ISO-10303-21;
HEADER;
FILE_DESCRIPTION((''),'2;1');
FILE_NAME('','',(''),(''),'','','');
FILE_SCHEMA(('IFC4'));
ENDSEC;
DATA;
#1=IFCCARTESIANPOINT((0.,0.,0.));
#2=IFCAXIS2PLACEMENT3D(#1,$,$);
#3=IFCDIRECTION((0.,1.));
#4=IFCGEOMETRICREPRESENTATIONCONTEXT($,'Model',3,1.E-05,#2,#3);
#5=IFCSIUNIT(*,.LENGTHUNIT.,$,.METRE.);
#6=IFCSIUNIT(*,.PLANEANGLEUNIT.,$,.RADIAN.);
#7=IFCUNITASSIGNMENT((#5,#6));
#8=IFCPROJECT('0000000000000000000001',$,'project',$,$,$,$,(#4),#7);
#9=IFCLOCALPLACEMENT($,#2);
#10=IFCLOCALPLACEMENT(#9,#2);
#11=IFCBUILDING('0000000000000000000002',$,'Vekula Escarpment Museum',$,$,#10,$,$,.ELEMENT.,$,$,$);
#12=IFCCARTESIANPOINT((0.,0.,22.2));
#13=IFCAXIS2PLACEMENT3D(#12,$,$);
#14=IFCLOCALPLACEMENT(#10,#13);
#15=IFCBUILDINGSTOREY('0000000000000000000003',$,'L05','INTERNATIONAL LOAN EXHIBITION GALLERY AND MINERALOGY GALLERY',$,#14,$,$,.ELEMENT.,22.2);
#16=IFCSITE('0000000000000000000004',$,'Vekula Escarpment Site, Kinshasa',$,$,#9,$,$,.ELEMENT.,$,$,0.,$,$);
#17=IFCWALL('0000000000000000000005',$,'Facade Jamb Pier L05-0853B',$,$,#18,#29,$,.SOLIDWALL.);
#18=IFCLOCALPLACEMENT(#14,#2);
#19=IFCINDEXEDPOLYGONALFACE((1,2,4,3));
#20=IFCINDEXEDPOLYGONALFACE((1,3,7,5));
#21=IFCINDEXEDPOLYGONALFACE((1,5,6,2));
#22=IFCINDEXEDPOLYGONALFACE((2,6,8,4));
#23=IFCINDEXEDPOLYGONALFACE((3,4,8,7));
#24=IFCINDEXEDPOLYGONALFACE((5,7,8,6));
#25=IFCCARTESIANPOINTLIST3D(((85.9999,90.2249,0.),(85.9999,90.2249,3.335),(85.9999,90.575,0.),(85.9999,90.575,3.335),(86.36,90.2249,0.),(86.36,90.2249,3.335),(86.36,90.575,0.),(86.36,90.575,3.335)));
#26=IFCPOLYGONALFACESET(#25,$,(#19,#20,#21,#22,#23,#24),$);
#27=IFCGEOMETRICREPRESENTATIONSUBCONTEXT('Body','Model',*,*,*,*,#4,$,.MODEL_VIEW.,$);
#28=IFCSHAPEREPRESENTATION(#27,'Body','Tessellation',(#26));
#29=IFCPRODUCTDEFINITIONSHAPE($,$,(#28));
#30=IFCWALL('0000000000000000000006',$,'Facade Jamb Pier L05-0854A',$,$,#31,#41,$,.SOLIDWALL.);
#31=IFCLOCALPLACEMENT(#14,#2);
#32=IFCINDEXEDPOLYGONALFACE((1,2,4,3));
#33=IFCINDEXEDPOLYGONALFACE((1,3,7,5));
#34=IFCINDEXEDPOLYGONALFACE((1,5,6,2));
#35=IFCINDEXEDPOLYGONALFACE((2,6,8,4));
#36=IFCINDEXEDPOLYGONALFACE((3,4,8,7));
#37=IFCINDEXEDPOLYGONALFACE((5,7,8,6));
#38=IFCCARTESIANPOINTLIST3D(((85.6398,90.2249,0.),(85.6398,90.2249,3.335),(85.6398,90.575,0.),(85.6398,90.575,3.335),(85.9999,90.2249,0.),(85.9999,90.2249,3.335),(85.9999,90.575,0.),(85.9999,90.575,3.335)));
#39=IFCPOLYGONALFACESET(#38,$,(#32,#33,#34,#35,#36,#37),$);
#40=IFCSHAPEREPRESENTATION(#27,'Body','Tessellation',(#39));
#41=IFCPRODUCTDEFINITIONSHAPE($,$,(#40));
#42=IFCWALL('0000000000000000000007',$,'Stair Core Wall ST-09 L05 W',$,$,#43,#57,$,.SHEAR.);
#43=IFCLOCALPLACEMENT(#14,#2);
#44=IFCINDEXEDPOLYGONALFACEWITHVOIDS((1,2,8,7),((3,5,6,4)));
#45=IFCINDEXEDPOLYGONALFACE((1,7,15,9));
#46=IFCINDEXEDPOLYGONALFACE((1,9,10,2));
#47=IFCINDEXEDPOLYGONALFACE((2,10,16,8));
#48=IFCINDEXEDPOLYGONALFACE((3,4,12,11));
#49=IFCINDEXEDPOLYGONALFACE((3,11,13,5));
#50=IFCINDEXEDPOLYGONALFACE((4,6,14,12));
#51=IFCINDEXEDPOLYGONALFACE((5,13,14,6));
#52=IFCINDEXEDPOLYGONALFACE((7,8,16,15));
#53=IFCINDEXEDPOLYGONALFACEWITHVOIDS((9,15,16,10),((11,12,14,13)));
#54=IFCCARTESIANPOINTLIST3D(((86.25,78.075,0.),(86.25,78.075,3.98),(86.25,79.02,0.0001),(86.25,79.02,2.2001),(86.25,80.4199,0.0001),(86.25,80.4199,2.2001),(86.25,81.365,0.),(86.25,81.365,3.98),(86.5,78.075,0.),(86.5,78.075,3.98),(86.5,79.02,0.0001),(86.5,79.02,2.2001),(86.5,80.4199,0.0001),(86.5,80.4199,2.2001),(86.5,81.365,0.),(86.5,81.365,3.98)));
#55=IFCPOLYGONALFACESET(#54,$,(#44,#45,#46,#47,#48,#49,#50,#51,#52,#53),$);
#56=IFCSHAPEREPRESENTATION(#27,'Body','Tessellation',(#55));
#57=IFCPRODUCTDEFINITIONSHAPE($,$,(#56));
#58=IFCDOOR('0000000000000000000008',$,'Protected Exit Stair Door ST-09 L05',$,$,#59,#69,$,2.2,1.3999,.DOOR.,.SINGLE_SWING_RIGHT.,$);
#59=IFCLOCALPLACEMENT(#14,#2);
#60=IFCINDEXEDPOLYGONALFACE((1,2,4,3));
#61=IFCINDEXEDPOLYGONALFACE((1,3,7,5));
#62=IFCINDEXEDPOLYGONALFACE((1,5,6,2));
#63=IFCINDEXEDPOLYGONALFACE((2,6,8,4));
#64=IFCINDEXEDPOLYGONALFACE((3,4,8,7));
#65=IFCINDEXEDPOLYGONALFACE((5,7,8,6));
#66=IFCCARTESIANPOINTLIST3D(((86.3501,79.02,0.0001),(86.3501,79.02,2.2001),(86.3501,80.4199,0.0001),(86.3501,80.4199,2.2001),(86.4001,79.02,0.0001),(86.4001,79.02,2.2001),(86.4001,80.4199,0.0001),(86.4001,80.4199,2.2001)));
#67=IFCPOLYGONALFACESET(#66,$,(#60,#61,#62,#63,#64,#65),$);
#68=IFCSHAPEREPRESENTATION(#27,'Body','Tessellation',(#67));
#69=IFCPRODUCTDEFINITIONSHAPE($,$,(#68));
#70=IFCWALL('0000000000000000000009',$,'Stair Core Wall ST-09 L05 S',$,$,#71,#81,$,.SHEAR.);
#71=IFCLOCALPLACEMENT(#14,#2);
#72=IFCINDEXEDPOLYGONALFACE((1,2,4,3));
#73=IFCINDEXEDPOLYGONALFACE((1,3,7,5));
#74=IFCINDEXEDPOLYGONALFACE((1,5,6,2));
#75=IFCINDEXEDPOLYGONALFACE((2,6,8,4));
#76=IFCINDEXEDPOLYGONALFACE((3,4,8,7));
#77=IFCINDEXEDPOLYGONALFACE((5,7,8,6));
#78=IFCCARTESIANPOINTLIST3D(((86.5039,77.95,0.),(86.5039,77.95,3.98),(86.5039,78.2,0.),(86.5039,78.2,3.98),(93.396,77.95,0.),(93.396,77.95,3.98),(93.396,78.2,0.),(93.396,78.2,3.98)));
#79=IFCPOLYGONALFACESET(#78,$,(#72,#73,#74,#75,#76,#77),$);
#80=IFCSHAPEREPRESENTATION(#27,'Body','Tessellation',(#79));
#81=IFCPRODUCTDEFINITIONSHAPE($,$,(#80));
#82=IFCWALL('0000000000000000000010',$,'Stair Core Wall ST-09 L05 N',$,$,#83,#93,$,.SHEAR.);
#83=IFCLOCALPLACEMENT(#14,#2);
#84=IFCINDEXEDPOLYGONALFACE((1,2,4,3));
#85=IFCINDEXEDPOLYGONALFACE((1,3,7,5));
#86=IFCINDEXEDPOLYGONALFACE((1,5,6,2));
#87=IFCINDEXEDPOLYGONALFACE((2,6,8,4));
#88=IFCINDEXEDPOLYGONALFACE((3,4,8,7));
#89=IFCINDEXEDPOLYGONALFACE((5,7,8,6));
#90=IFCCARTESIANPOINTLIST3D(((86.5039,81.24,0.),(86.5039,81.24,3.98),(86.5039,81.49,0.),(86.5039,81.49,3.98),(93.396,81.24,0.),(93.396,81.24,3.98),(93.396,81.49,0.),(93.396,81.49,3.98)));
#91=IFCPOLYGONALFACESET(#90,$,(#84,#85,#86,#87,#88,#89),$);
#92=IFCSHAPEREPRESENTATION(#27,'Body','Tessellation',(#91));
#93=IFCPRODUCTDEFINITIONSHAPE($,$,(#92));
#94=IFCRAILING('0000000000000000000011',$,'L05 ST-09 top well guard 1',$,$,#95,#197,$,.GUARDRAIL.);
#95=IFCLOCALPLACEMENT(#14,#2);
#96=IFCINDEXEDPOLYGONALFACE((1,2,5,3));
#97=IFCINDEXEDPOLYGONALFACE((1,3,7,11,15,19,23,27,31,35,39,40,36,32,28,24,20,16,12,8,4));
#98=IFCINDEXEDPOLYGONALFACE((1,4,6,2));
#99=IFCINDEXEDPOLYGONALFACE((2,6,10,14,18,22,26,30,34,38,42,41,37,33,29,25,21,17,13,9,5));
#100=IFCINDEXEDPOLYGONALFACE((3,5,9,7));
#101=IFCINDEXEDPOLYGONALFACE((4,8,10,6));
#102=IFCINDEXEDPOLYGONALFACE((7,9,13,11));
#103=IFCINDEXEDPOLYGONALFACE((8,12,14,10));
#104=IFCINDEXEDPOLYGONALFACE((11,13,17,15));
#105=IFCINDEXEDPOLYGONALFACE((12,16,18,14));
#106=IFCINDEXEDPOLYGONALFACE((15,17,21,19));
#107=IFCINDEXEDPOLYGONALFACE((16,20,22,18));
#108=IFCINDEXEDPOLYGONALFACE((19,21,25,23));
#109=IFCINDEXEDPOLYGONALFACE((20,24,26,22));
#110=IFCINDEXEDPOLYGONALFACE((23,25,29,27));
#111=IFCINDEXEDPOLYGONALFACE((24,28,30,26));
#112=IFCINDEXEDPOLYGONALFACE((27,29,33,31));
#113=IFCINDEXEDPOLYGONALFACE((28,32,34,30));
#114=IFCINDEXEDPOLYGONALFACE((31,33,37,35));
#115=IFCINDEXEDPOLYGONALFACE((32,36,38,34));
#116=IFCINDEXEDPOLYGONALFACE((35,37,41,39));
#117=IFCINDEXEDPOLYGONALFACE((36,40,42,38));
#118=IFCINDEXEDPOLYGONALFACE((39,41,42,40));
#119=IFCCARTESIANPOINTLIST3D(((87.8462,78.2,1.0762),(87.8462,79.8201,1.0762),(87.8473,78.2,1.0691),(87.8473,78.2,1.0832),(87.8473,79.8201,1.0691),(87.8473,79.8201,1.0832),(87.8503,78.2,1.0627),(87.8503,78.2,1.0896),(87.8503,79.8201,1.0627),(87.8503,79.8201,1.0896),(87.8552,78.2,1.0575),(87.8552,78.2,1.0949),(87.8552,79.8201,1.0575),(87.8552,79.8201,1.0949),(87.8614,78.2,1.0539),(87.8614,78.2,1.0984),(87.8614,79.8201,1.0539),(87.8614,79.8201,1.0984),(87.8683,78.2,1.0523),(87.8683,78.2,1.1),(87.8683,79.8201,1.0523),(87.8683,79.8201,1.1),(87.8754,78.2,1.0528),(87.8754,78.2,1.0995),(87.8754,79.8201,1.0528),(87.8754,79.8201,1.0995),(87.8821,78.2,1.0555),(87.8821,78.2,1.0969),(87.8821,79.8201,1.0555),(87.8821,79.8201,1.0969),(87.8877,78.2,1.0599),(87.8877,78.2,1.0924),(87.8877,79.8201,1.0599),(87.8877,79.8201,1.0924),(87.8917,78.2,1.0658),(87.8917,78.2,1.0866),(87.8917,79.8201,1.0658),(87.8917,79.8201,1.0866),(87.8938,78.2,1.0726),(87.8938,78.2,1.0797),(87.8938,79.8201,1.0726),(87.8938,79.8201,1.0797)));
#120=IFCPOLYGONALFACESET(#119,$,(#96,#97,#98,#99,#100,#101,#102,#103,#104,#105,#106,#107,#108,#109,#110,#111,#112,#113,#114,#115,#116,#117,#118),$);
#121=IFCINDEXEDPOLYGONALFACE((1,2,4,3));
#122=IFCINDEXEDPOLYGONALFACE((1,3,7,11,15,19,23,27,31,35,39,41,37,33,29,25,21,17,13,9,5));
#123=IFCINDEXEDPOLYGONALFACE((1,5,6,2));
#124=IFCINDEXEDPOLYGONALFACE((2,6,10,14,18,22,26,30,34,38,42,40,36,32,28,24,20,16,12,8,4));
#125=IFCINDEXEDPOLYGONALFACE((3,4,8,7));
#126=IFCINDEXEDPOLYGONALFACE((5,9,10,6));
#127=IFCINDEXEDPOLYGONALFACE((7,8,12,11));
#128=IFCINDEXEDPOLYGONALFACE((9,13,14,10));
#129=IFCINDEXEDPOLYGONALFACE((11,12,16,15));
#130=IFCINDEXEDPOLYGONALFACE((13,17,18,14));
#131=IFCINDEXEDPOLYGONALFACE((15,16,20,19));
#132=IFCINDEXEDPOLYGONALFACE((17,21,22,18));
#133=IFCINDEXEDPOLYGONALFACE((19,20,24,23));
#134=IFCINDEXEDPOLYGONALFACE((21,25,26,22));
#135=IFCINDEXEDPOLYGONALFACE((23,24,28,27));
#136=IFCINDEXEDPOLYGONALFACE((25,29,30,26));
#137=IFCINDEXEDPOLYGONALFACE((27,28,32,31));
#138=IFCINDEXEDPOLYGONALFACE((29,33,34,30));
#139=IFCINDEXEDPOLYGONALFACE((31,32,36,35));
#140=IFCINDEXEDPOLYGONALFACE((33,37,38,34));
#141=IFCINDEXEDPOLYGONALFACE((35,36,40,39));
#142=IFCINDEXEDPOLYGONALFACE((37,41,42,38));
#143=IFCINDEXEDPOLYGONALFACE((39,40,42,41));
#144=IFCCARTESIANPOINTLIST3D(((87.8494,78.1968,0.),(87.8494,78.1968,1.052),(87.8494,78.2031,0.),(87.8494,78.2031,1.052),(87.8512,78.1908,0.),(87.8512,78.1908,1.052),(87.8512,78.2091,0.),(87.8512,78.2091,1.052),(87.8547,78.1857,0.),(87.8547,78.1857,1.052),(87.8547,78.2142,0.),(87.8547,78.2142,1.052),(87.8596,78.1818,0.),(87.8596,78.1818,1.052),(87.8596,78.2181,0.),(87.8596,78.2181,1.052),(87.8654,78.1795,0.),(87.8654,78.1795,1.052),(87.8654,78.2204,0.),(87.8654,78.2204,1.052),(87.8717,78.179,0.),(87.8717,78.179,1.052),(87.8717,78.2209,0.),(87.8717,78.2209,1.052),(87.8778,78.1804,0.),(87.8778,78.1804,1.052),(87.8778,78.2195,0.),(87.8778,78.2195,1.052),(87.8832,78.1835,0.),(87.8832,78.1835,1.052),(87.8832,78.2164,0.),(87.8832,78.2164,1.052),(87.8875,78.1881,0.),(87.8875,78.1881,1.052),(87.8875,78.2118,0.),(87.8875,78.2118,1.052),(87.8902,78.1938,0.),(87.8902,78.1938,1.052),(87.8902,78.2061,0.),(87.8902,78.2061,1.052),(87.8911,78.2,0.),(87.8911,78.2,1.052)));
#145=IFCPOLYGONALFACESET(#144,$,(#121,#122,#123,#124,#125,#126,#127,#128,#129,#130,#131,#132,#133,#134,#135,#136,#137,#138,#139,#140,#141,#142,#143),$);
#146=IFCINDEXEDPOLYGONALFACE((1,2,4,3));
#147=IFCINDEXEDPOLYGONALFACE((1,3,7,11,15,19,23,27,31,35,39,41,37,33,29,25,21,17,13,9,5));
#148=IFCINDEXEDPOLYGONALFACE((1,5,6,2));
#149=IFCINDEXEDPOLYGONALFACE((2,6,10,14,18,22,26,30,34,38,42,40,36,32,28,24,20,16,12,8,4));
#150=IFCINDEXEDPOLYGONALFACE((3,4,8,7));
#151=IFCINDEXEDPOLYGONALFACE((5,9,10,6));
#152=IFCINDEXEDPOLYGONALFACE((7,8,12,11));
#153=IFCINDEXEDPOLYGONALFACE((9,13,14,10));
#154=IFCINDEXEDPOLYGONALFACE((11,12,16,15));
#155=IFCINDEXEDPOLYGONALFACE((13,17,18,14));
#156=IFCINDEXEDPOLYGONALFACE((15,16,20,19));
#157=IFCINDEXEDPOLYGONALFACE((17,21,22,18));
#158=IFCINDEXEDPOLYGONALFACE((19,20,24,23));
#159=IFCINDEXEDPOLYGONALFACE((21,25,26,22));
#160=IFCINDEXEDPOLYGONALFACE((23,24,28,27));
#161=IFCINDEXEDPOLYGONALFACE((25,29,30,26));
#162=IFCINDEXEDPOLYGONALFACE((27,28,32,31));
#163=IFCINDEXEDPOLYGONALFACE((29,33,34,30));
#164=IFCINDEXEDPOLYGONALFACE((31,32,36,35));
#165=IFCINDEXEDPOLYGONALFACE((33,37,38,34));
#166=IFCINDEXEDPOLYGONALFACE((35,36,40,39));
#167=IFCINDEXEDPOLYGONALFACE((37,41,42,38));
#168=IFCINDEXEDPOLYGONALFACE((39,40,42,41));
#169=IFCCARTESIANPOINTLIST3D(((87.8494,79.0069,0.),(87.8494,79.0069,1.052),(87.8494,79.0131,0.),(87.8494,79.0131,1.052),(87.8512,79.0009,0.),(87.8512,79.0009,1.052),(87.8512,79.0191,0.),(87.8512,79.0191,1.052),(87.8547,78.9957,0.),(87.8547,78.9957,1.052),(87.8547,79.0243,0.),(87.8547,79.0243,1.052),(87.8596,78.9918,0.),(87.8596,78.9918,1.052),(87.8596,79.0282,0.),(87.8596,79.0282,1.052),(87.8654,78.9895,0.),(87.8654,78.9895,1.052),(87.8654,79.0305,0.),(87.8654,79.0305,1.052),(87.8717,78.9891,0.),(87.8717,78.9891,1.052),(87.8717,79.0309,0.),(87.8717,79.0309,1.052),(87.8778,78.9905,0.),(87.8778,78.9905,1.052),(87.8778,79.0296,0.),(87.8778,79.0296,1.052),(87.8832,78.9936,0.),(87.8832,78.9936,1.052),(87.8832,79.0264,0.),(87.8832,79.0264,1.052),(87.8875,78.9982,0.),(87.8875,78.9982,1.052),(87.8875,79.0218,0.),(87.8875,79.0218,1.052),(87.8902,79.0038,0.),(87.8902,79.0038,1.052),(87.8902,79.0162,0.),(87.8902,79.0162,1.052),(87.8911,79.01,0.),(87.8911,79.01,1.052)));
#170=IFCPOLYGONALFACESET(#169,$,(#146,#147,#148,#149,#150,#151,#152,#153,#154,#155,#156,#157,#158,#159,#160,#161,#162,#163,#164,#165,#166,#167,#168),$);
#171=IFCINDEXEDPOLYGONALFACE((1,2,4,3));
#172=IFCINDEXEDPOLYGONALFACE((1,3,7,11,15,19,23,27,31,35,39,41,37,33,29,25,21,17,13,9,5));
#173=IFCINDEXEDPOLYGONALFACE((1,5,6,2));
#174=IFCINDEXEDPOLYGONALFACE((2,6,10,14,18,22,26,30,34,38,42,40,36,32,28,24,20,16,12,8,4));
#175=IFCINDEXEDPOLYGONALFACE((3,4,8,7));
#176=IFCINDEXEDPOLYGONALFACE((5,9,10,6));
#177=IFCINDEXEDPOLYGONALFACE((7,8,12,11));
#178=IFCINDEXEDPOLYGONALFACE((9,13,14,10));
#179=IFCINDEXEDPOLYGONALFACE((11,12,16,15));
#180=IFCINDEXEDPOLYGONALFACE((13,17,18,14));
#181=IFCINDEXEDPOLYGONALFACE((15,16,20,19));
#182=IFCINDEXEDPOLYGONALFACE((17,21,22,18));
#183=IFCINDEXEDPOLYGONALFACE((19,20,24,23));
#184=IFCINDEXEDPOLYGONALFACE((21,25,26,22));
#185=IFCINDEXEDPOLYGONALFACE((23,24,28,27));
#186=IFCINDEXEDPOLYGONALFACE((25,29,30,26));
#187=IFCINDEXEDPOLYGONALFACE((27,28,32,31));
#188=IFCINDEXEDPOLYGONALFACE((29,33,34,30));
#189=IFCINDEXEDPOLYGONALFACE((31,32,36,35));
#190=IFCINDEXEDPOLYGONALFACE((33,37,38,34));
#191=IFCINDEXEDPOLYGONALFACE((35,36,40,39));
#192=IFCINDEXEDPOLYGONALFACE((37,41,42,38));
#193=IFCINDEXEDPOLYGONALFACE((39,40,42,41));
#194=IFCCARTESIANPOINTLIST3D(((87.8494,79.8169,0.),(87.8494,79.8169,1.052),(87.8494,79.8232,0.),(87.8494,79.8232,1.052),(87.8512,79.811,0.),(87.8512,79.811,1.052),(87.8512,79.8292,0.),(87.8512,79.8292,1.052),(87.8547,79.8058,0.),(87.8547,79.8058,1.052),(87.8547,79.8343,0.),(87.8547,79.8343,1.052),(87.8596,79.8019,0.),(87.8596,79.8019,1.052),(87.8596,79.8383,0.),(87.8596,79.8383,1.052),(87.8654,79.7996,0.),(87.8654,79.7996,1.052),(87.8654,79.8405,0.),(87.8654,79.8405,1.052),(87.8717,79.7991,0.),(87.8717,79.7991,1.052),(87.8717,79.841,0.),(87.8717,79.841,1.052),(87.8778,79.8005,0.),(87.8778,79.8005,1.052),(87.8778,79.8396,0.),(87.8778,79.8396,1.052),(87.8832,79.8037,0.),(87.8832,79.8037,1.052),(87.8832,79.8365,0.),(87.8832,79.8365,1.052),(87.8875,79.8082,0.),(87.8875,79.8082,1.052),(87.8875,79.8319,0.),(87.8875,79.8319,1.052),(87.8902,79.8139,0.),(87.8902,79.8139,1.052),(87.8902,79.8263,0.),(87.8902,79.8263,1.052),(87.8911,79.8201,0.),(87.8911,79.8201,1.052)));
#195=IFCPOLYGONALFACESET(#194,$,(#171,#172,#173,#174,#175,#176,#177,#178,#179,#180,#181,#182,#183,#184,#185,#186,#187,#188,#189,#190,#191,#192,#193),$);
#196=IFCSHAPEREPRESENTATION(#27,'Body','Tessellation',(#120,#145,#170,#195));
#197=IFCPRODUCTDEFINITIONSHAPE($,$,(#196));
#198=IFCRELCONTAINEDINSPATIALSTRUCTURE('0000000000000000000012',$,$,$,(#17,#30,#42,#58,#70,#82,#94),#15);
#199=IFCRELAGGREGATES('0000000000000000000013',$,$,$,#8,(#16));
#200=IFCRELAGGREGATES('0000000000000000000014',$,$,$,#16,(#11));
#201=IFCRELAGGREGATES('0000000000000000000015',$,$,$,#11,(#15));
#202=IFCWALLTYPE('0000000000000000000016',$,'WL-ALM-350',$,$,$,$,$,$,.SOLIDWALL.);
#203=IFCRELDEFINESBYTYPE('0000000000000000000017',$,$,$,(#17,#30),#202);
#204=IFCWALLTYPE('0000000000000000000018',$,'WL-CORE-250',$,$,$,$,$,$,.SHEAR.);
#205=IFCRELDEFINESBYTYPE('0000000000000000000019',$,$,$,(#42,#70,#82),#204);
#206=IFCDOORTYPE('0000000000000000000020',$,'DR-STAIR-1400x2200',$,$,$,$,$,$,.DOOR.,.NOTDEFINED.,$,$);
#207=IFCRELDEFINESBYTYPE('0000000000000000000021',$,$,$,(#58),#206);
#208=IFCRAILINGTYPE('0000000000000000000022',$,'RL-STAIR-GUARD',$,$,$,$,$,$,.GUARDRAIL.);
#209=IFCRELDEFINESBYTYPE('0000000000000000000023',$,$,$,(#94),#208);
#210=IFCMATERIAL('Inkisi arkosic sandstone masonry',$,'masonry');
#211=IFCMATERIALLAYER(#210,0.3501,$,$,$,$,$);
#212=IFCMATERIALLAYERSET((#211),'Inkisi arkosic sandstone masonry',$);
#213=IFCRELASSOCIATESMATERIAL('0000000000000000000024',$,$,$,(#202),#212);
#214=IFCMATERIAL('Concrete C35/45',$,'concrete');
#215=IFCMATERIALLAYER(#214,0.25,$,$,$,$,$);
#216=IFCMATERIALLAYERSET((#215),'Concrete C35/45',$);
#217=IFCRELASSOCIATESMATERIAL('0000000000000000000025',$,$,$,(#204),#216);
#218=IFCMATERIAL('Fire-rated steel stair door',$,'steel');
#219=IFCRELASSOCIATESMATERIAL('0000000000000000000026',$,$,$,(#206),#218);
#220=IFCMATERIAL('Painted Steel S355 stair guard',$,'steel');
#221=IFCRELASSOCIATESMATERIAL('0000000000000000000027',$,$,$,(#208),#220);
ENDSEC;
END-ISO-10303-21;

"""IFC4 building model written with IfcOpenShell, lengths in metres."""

from ifc_helpers import new_model, si_unit, direction, frame, frame_2d, origin, origin_2d, place, context, subcontext, project, spatial, rectangle, circle, extrude, material, layer, layer_set, type_object, element, fill, save


model = new_model("IFC4")

# Units and contexts
model_context = context("Model", 3, precision=1e-05, world=origin(), true_north=direction((0.0, 1.0)))
body_context = subcontext(model_context, "Body", "Model", "MODEL_VIEW")
ifc_project = project(units=[si_unit("LENGTHUNIT", "METRE"), si_unit("PLANEANGLEUNIT", "RADIAN")], contexts=[model_context])

# Site, building, storey
site_placement = place(None, origin())
site = spatial("IfcSite", under=ifc_project, at=site_placement, Name="Vekula Escarpment Site, Kinshasa", CompositionType="ELEMENT", RefElevation=0.0)
building_placement = place(site_placement, origin())
building = spatial("IfcBuilding", under=site, at=building_placement, Name="Vekula Escarpment Museum", CompositionType="ELEMENT")
storey_placement = place(building_placement, frame((0.0, 0.0, 22.2)))
storey = spatial("IfcBuildingStorey", under=building, at=storey_placement, Name="L05", Description="INTERNATIONAL LOAN EXHIBITION GALLERY AND MINERALOGY GALLERY", CompositionType="ELEMENT", Elevation=22.2)

# Walls
ifc_material_1 = material(Name="Inkisi arkosic sandstone masonry", Category="masonry")
ifc_layer_1 = layer(ifc_material_1, 0.3501)
ifc_layer_set_1 = layer_set([ifc_layer_1], Name="Inkisi arkosic sandstone masonry")
wall_type_1 = type_object("IfcWallType", Name="WL-ALM-350", PredefinedType="SOLIDWALL", material=ifc_layer_set_1)
for number, where, z_axis, x_axis, name in (
    (1, (86.3601, 90.3999, 0.0), (0.0, 0.0, 1.0), (-1.0, 0.0, 0.0), "Facade Jamb Pier L05-0853B"),
    (2, (86.0, 90.3999, 0.0), (0.0, 0.0, 1.0), (-1.0, 0.0, 0.0), "Facade Jamb Pier L05-0854A"),
):
    element("IfcWall", number, at=place(storey_placement, frame(where, z_axis=z_axis, x_axis=x_axis)), inside=storey, type_object=wall_type_1, Name=name, PredefinedType="SOLIDWALL", context=body_context, shape_type="SweptSolid", body=[
        extrude(rectangle(XDim=0.3601, YDim=0.3501, at=frame_2d((0.1802, 0.0))), origin(), (0.0, 0.0, 1.0), 3.335),
    ])

# Wall, opening, door
ifc_material_2 = material(Name="Concrete C35/45", Category="concrete")
ifc_layer_2 = layer(ifc_material_2, 0.25)
ifc_layer_set_2 = layer_set([ifc_layer_2], Name="Concrete C35/45")
wall_type_2 = type_object("IfcWallType", Name="WL-CORE-250", PredefinedType="SHEAR", material=ifc_layer_set_2)
wall_placement = place(storey_placement, frame((86.375, 78.075, 0.0), z_axis=(0.0, 0.0, 1.0), x_axis=(0.0, 1.0, 0.0)))
wall = element("IfcWall", 3, at=wall_placement, inside=storey, type_object=wall_type_2, Name="Stair Core Wall ST-09 L05 W", PredefinedType="SHEAR", context=body_context, shape_type="SweptSolid", body=[
    extrude(rectangle(XDim=3.29, YDim=0.25, at=frame_2d((1.645, 0.0))), origin(), (0.0, 0.0, 1.0), 3.98),
])
opening_placement = place(wall_placement, frame((0.9451, 0.0, 0.0)))
opening = element("IfcOpeningElement", 4, at=opening_placement, cuts=wall, PredefinedType="OPENING", context=body_context, shape_type="SweptSolid", body=[
    extrude(rectangle(XDim=1.3999, YDim=2.2, at=frame_2d((0.7, 1.1001))), frame((0.0, 0.135, 0.0), z_axis=(0.0, -1.0, 0.0), x_axis=(1.0, 0.0, 0.0)), (0.0, 0.0, 1.0), 0.27),
])
ifc_material_3 = material(Name="Fire-rated steel stair door", Category="steel")
door_type = type_object("IfcDoorType", Name="DR-STAIR-1400x2200", OperationType="NOTDEFINED", PredefinedType="DOOR", material=ifc_material_3)
door_placement = place(opening_placement, origin())
door = element("IfcDoor", 5, at=door_placement, inside=storey, type_object=door_type, Name="Protected Exit Stair Door ST-09 L05", OperationType="SINGLE_SWING_RIGHT", OverallHeight=2.2, OverallWidth=1.3999, PredefinedType="DOOR", context=body_context, shape_type="SweptSolid", body=[
    extrude(rectangle(XDim=1.3999, YDim=2.2, at=frame_2d((0.7, 1.1001))), frame((0.0, 0.0249, 0.0), z_axis=(0.0, -1.0, 0.0), x_axis=(1.0, 0.0, 0.0)), (0.0, 0.0, 1.0), 0.05),
])
fill(opening, door)

# Walls
for number, where, z_axis, x_axis, name in (
    (6, (86.5039, 78.075, 0.0), (0.0, 0.0, 1.0), (1.0, 0.0, 0.0), "Stair Core Wall ST-09 L05 S"),
    (7, (86.5039, 81.365, 0.0), (0.0, 0.0, 1.0), (1.0, 0.0, 0.0), "Stair Core Wall ST-09 L05 N"),
):
    element("IfcWall", number, at=place(storey_placement, frame(where, z_axis=z_axis, x_axis=x_axis)), inside=storey, type_object=wall_type_2, Name=name, PredefinedType="SHEAR", context=body_context, shape_type="SweptSolid", body=[
        extrude(rectangle(XDim=6.8921, YDim=0.25, at=frame_2d((3.446, 0.0))), origin(), (0.0, 0.0, 1.0), 3.98),
    ])

# Railing
ifc_material_4 = material(Name="Painted Steel S355 stair guard", Category="steel")
railing_type = type_object("IfcRailingType", Name="RL-STAIR-GUARD", PredefinedType="GUARDRAIL", material=ifc_material_4)
railing_placement = place(storey_placement, frame((87.8701, 78.2, 0.0)))
element("IfcRailing", 8, at=railing_placement, inside=storey, type_object=railing_type, Name="L05 ST-09 top well guard 1", PredefinedType="GUARDRAIL", context=body_context, shape_type="SweptSolid", body=[
    extrude(circle(Radius=0.0239, at=origin_2d()), frame((0.0, 0.0, 1.0762), z_axis=(0.0, 1.0, 0.0), x_axis=(-1.0, 0.0, 0.0)), (0.0, 0.0, 1.0), 1.6201),
    extrude(circle(Radius=0.021, at=origin_2d()), origin(), (0.0, 0.0, 1.0), 1.052),
    extrude(circle(Radius=0.021, at=origin_2d()), frame((0.0, 0.8101, 0.0)), (0.0, 0.0, 1.0), 1.052),
    extrude(circle(Radius=0.021, at=origin_2d()), frame((0.0, 1.6201, 0.0)), (0.0, 0.0, 1.0), 1.052),
])

save(model, "model.ifc")
